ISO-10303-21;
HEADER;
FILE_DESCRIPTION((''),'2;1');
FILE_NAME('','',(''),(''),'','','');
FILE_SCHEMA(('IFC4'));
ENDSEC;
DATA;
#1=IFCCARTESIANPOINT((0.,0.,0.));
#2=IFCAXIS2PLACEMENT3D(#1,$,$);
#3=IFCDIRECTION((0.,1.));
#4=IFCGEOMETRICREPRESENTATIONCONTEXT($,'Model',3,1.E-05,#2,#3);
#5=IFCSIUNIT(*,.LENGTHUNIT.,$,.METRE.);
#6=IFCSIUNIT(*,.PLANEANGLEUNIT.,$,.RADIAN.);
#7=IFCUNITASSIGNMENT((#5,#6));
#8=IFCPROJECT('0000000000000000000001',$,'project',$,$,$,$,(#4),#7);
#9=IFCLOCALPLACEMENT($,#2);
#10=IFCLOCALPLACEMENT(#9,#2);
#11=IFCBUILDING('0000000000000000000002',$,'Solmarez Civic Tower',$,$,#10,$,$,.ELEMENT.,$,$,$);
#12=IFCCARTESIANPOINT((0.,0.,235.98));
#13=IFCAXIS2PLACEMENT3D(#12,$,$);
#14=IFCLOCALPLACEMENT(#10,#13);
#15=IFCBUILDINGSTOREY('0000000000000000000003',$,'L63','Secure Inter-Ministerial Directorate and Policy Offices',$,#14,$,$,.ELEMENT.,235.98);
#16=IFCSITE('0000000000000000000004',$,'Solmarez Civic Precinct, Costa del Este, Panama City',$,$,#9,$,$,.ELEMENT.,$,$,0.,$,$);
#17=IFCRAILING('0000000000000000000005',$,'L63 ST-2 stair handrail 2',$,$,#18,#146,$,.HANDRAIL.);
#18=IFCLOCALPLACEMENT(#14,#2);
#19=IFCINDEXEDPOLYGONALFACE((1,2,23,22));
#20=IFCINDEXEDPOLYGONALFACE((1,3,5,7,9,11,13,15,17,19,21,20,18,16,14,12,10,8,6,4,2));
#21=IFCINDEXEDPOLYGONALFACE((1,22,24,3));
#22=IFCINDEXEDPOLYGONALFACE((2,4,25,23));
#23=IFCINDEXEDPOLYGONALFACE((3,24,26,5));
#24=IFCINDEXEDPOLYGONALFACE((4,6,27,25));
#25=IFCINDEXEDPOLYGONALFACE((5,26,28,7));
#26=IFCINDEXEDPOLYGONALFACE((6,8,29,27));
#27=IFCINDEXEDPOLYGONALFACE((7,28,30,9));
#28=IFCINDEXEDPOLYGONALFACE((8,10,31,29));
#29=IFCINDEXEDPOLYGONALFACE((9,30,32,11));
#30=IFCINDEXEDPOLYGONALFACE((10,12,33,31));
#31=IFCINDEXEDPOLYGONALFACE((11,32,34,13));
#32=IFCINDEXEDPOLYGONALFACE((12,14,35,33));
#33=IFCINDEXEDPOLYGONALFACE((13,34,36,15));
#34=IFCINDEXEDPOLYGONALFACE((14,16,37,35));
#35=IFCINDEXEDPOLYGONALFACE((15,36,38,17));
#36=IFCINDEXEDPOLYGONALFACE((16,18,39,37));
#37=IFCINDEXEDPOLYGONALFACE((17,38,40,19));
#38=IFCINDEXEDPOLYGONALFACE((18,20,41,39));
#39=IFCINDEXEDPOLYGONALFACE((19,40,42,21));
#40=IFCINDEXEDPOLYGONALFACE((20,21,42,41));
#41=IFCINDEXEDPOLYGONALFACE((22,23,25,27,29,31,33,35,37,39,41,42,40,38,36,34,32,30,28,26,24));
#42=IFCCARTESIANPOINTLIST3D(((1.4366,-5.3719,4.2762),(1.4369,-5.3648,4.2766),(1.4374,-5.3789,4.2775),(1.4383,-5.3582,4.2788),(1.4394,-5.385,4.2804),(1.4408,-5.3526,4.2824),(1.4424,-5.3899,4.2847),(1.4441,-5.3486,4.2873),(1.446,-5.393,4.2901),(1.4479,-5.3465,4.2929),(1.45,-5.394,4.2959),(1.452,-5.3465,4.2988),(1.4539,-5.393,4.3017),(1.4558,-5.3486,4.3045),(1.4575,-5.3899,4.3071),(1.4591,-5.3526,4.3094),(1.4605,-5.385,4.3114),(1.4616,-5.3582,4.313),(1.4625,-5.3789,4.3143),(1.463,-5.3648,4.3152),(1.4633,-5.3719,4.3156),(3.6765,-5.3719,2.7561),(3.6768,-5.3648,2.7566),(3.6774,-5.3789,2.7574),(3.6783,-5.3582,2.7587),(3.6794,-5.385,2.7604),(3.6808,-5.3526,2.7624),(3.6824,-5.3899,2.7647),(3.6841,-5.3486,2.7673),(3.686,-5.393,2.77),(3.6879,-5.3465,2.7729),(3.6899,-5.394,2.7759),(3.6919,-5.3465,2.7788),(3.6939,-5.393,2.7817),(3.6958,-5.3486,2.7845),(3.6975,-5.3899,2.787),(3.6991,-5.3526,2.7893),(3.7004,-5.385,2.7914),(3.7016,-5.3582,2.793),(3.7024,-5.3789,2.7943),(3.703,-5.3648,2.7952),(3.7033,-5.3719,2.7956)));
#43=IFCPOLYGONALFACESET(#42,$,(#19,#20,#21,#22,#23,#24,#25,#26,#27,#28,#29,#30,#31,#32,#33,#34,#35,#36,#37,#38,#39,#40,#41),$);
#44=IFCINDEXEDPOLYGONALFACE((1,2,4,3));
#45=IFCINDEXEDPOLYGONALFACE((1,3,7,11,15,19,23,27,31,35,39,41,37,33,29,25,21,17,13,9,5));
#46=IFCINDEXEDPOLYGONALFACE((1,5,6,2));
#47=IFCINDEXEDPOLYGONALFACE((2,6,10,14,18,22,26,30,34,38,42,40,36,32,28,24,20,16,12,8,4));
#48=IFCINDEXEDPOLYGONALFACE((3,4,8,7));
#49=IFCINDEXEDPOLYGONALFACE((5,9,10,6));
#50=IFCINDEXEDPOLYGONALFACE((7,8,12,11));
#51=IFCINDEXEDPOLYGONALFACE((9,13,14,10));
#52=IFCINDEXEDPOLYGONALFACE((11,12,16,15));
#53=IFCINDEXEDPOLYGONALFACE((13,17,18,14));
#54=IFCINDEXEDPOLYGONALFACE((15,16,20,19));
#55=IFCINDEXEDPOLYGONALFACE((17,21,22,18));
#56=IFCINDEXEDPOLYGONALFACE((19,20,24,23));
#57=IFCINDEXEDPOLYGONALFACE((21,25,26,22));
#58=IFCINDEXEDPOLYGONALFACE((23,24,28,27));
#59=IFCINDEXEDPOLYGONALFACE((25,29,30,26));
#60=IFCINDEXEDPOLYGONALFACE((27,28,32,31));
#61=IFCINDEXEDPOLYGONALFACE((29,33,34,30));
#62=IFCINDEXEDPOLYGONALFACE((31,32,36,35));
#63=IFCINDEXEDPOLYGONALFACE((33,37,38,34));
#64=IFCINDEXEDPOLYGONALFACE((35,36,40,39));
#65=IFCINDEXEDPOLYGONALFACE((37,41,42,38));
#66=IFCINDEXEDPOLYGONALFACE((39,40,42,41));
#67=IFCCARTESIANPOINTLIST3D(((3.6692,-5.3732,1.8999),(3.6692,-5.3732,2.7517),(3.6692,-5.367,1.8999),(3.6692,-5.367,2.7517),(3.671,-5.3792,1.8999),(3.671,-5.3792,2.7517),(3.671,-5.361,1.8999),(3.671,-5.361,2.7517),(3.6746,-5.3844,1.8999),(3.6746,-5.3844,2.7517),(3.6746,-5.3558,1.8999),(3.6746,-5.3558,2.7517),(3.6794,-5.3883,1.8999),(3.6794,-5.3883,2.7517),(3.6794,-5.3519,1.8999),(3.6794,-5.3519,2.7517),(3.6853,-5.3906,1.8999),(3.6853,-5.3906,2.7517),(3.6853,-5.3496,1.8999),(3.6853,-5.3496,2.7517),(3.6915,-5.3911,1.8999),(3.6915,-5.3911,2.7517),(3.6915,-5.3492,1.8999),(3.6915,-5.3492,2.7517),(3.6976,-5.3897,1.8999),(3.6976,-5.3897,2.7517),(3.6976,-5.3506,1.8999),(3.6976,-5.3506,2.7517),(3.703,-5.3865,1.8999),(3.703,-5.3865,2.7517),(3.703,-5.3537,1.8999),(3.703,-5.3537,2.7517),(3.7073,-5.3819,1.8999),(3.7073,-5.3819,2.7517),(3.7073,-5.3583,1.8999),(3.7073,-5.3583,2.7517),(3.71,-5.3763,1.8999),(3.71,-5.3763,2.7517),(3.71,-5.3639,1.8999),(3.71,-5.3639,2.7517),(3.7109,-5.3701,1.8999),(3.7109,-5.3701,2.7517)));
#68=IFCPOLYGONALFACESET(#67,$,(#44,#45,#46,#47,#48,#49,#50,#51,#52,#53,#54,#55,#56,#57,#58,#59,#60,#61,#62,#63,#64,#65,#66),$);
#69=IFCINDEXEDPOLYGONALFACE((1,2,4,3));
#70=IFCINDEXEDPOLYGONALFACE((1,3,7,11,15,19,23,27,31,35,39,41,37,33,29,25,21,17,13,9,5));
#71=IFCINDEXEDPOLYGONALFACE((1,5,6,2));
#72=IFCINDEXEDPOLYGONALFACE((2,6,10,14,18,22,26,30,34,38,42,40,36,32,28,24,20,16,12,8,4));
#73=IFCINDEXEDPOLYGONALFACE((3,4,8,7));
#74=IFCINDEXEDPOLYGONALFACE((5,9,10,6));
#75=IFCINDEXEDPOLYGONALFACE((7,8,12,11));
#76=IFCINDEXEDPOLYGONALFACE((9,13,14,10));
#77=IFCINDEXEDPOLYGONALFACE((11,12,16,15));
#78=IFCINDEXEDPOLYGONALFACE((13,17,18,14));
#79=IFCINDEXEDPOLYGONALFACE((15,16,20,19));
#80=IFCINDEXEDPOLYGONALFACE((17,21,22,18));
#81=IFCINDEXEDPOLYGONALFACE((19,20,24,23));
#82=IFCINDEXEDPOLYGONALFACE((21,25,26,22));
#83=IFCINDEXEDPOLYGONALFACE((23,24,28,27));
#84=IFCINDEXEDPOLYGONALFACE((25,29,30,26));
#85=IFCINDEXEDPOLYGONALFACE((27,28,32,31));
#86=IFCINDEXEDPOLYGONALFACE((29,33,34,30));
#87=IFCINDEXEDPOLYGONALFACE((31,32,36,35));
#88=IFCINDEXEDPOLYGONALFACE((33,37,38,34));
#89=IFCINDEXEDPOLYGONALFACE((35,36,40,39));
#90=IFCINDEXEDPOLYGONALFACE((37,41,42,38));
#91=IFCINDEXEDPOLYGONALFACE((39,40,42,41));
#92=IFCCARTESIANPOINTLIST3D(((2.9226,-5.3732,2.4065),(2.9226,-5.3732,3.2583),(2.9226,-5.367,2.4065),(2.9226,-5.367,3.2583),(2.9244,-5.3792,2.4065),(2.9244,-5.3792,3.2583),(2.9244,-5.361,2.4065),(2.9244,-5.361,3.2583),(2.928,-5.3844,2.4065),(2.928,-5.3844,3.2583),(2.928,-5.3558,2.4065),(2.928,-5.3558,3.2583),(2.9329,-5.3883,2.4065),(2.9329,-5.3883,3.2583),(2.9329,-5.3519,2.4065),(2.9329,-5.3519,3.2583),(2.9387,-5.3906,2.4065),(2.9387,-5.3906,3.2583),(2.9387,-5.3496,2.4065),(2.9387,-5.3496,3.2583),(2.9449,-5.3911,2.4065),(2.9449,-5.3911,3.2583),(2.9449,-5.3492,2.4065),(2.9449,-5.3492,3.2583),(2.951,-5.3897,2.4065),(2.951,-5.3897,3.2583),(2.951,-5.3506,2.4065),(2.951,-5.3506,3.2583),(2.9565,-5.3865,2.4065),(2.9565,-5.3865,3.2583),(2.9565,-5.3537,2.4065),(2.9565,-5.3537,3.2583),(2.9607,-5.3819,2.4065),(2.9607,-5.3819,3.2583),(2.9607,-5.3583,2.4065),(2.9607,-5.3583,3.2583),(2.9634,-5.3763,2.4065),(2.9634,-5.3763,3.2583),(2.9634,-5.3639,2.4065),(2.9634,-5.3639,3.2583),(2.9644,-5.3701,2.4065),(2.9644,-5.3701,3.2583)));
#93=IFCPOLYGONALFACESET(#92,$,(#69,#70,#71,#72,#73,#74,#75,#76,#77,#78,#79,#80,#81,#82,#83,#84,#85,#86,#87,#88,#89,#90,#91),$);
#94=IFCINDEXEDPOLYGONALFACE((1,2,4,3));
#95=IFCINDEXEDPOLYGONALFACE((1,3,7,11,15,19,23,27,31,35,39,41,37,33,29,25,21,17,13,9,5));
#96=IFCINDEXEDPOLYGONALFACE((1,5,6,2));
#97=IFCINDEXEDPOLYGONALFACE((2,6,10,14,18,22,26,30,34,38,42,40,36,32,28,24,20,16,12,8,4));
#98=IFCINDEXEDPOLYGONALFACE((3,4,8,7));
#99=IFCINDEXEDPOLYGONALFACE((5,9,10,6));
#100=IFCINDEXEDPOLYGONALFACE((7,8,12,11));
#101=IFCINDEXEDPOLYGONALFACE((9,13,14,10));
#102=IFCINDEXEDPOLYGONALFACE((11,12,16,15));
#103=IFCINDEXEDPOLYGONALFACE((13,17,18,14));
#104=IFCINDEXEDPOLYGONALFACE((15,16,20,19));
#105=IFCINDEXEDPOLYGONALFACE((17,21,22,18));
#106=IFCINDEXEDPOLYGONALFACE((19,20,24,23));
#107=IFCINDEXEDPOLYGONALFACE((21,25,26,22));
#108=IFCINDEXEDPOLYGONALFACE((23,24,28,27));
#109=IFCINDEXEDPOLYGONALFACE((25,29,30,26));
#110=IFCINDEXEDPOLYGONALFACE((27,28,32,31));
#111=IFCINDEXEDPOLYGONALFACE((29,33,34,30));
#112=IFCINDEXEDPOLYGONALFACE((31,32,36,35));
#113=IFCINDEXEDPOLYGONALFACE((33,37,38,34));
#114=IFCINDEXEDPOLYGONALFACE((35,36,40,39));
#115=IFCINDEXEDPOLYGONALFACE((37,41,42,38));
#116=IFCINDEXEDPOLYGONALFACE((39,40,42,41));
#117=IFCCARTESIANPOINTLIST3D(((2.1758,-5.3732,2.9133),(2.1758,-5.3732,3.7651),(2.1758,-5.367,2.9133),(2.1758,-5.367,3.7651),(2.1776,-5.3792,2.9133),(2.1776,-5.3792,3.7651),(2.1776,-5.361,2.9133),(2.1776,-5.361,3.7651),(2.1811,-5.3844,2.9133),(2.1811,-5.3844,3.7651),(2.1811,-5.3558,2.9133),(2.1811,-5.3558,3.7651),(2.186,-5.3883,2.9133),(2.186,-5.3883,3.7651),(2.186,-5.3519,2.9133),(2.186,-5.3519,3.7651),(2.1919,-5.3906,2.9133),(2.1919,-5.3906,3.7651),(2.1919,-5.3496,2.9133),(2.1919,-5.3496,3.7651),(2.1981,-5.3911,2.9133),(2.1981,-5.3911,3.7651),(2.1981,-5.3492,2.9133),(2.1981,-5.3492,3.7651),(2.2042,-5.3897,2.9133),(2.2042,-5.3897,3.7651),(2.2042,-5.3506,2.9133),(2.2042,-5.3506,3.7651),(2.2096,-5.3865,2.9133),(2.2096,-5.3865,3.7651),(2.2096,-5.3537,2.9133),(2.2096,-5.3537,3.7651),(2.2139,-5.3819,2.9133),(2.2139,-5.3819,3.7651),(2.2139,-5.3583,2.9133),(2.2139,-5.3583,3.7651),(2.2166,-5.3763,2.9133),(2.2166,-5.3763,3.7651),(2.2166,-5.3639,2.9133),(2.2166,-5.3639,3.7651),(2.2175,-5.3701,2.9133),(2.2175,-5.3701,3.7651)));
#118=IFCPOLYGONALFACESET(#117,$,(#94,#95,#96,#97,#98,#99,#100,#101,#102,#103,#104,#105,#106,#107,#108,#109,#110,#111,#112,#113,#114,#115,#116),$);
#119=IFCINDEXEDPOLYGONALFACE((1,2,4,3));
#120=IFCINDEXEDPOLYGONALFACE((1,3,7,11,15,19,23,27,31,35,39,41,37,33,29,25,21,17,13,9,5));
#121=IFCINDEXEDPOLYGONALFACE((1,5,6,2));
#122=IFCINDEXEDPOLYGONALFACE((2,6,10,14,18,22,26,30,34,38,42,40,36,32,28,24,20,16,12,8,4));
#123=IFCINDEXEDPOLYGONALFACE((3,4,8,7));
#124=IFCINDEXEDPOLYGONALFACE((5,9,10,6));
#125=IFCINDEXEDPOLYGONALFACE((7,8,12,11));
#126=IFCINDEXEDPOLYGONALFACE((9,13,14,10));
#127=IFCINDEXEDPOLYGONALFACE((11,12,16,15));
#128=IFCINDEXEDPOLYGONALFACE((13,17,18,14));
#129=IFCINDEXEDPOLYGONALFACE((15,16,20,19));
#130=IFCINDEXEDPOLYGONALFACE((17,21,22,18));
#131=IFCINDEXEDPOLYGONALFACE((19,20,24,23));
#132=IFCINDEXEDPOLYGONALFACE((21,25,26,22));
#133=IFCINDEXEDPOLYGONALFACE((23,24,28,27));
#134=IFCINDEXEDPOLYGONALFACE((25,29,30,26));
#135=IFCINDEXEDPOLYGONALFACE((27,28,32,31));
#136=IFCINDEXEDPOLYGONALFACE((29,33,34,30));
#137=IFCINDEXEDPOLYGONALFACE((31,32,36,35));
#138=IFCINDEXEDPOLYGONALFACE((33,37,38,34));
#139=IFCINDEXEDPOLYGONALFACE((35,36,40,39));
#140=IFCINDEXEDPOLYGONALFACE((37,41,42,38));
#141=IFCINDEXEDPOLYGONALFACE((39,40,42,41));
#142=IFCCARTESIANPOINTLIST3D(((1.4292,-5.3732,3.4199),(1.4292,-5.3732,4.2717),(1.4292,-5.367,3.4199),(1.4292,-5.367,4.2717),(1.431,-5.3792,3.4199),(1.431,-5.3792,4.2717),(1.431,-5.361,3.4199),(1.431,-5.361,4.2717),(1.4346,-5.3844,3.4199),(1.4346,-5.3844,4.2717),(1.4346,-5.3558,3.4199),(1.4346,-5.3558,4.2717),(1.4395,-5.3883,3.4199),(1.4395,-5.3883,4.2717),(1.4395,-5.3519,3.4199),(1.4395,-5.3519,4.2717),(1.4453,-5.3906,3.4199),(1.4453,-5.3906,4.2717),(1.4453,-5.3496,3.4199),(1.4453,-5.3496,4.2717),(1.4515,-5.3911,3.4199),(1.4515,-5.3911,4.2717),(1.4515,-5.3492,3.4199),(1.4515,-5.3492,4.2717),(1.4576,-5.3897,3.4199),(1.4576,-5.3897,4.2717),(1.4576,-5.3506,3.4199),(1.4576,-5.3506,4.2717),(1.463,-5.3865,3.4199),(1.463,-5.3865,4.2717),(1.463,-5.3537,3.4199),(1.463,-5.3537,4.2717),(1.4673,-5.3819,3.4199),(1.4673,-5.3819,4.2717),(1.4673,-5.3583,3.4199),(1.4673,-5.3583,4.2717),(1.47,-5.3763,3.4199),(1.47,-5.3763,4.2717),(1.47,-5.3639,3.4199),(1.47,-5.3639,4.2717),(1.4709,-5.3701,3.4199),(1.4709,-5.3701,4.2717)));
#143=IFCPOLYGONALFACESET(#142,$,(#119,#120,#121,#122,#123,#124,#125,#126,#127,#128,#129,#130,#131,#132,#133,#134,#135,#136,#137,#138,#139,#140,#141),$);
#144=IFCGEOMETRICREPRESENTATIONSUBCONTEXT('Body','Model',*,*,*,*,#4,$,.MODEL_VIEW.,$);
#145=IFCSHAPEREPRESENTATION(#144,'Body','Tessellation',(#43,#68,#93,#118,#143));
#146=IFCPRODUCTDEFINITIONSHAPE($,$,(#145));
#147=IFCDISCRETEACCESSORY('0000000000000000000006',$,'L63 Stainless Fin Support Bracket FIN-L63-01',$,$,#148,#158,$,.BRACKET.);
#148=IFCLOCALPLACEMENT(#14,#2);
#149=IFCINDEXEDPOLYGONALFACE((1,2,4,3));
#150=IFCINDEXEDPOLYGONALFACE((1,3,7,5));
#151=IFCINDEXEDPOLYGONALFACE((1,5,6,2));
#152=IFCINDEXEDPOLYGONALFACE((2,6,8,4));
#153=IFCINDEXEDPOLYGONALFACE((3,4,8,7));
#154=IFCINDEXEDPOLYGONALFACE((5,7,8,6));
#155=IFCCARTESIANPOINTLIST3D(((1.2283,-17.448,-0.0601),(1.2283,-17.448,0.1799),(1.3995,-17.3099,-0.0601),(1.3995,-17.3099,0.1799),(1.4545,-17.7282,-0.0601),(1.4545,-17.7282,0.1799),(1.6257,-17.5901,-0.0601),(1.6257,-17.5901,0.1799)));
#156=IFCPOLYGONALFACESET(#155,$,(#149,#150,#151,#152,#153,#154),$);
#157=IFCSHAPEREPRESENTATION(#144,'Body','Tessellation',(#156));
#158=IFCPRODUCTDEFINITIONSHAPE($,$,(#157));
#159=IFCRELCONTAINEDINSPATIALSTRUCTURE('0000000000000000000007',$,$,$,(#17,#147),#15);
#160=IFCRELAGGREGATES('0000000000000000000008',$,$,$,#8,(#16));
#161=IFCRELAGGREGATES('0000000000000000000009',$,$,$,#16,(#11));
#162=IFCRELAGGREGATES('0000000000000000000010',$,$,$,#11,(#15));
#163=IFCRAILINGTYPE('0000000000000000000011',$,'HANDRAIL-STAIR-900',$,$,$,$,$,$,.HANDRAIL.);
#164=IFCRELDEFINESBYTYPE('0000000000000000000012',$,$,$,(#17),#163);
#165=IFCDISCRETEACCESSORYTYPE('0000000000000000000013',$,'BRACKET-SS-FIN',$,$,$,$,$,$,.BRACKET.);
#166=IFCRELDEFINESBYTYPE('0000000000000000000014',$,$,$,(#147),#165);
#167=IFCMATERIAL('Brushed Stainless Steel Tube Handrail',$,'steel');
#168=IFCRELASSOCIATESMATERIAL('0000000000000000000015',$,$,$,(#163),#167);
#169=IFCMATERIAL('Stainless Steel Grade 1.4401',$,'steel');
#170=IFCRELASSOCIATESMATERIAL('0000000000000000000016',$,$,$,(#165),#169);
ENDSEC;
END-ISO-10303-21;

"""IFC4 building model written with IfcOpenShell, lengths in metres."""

from ifc_helpers import new_model, si_unit, direction, frame, origin, origin_2d, place, context, subcontext, project, spatial, rectangle, circle, extrude, material, type_object, element, save


model = new_model("IFC4")

# Units and contexts
model_context = context("Model", 3, precision=1e-05, world=origin(), true_north=direction((0.0, 1.0)))
body_context = subcontext(model_context, "Body", "Model", "MODEL_VIEW")
ifc_project = project(units=[si_unit("LENGTHUNIT", "METRE"), si_unit("PLANEANGLEUNIT", "RADIAN")], contexts=[model_context])

# Site, building, storey
site_placement = place(None, origin())
site = spatial("IfcSite", under=ifc_project, at=site_placement, Name="Solmarez Civic Precinct, Costa del Este, Panama City", CompositionType="ELEMENT", RefElevation=0.0)
building_placement = place(site_placement, origin())
building = spatial("IfcBuilding", under=site, at=building_placement, Name="Solmarez Civic Tower", CompositionType="ELEMENT")
storey_placement = place(building_placement, frame((0.0, 0.0, 235.98)))
storey = spatial("IfcBuildingStorey", under=building, at=storey_placement, Name="L63", Description="Secure Inter-Ministerial Directorate and Policy Offices", CompositionType="ELEMENT", Elevation=235.98)

# Railing
ifc_material_1 = material(Name="Brushed Stainless Steel Tube Handrail", Category="steel")
railing_type_1 = type_object("IfcRailingType", Name="HANDRAIL-STAIR-900", PredefinedType="HANDRAIL", material=ifc_material_1)
railing_1_placement = place(storey_placement, frame((3.6899, -5.3701, 1.8999)))
element("IfcRailing", 1, at=railing_1_placement, inside=storey, type_object=railing_type_1, Name="L63 ST-2 stair handrail 2", PredefinedType="HANDRAIL", context=body_context, shape_type="SweptSolid", body=[
    extrude(circle(Radius=0.0239, at=origin_2d()), frame((0.0, 0.0, 0.876), z_axis=(-0.827471, 0.0, 0.561508), x_axis=(0.0, -1.0, 0.0)), (0.0, 0.0, 1.0), 2.707),
    extrude(circle(Radius=0.021, at=origin_2d()), origin(), (0.0, 0.0, 1.0), 0.8518),
    extrude(circle(Radius=0.021, at=origin_2d()), frame((-0.7466, 0.0, 0.5066)), (0.0, 0.0, 1.0), 0.8518),
    extrude(circle(Radius=0.021, at=origin_2d()), frame((-1.4934, 0.0, 1.0134)), (0.0, 0.0, 1.0), 0.8518),
    extrude(circle(Radius=0.021, at=origin_2d()), frame((-2.24, 0.0, 1.52)), (0.0, 0.0, 1.0), 0.8518),
])

# Discrete accessory
ifc_material_2 = material(Name="Stainless Steel Grade 1.4401", Category="steel")
discrete_accessory_type = type_object("IfcDiscreteAccessoryType", Name="BRACKET-SS-FIN", PredefinedType="BRACKET", material=ifc_material_2)
discrete_accessory_placement = place(storey_placement, frame((1.427, -17.519, -0.0601), z_axis=(0.0, 0.0, 1.0), x_axis=(0.627982, -0.778228, 0.0)))
element("IfcDiscreteAccessory", 2, at=discrete_accessory_placement, inside=storey, type_object=discrete_accessory_type, Name="L63 Stainless Fin Support Bracket FIN-L63-01", PredefinedType="BRACKET", context=body_context, shape_type="SweptSolid", body=[
    extrude(rectangle(XDim=0.3601, YDim=0.22, at=origin_2d()), origin(), (0.0, 0.0, 1.0), 0.24),
])

save(model, "model.ifc")
